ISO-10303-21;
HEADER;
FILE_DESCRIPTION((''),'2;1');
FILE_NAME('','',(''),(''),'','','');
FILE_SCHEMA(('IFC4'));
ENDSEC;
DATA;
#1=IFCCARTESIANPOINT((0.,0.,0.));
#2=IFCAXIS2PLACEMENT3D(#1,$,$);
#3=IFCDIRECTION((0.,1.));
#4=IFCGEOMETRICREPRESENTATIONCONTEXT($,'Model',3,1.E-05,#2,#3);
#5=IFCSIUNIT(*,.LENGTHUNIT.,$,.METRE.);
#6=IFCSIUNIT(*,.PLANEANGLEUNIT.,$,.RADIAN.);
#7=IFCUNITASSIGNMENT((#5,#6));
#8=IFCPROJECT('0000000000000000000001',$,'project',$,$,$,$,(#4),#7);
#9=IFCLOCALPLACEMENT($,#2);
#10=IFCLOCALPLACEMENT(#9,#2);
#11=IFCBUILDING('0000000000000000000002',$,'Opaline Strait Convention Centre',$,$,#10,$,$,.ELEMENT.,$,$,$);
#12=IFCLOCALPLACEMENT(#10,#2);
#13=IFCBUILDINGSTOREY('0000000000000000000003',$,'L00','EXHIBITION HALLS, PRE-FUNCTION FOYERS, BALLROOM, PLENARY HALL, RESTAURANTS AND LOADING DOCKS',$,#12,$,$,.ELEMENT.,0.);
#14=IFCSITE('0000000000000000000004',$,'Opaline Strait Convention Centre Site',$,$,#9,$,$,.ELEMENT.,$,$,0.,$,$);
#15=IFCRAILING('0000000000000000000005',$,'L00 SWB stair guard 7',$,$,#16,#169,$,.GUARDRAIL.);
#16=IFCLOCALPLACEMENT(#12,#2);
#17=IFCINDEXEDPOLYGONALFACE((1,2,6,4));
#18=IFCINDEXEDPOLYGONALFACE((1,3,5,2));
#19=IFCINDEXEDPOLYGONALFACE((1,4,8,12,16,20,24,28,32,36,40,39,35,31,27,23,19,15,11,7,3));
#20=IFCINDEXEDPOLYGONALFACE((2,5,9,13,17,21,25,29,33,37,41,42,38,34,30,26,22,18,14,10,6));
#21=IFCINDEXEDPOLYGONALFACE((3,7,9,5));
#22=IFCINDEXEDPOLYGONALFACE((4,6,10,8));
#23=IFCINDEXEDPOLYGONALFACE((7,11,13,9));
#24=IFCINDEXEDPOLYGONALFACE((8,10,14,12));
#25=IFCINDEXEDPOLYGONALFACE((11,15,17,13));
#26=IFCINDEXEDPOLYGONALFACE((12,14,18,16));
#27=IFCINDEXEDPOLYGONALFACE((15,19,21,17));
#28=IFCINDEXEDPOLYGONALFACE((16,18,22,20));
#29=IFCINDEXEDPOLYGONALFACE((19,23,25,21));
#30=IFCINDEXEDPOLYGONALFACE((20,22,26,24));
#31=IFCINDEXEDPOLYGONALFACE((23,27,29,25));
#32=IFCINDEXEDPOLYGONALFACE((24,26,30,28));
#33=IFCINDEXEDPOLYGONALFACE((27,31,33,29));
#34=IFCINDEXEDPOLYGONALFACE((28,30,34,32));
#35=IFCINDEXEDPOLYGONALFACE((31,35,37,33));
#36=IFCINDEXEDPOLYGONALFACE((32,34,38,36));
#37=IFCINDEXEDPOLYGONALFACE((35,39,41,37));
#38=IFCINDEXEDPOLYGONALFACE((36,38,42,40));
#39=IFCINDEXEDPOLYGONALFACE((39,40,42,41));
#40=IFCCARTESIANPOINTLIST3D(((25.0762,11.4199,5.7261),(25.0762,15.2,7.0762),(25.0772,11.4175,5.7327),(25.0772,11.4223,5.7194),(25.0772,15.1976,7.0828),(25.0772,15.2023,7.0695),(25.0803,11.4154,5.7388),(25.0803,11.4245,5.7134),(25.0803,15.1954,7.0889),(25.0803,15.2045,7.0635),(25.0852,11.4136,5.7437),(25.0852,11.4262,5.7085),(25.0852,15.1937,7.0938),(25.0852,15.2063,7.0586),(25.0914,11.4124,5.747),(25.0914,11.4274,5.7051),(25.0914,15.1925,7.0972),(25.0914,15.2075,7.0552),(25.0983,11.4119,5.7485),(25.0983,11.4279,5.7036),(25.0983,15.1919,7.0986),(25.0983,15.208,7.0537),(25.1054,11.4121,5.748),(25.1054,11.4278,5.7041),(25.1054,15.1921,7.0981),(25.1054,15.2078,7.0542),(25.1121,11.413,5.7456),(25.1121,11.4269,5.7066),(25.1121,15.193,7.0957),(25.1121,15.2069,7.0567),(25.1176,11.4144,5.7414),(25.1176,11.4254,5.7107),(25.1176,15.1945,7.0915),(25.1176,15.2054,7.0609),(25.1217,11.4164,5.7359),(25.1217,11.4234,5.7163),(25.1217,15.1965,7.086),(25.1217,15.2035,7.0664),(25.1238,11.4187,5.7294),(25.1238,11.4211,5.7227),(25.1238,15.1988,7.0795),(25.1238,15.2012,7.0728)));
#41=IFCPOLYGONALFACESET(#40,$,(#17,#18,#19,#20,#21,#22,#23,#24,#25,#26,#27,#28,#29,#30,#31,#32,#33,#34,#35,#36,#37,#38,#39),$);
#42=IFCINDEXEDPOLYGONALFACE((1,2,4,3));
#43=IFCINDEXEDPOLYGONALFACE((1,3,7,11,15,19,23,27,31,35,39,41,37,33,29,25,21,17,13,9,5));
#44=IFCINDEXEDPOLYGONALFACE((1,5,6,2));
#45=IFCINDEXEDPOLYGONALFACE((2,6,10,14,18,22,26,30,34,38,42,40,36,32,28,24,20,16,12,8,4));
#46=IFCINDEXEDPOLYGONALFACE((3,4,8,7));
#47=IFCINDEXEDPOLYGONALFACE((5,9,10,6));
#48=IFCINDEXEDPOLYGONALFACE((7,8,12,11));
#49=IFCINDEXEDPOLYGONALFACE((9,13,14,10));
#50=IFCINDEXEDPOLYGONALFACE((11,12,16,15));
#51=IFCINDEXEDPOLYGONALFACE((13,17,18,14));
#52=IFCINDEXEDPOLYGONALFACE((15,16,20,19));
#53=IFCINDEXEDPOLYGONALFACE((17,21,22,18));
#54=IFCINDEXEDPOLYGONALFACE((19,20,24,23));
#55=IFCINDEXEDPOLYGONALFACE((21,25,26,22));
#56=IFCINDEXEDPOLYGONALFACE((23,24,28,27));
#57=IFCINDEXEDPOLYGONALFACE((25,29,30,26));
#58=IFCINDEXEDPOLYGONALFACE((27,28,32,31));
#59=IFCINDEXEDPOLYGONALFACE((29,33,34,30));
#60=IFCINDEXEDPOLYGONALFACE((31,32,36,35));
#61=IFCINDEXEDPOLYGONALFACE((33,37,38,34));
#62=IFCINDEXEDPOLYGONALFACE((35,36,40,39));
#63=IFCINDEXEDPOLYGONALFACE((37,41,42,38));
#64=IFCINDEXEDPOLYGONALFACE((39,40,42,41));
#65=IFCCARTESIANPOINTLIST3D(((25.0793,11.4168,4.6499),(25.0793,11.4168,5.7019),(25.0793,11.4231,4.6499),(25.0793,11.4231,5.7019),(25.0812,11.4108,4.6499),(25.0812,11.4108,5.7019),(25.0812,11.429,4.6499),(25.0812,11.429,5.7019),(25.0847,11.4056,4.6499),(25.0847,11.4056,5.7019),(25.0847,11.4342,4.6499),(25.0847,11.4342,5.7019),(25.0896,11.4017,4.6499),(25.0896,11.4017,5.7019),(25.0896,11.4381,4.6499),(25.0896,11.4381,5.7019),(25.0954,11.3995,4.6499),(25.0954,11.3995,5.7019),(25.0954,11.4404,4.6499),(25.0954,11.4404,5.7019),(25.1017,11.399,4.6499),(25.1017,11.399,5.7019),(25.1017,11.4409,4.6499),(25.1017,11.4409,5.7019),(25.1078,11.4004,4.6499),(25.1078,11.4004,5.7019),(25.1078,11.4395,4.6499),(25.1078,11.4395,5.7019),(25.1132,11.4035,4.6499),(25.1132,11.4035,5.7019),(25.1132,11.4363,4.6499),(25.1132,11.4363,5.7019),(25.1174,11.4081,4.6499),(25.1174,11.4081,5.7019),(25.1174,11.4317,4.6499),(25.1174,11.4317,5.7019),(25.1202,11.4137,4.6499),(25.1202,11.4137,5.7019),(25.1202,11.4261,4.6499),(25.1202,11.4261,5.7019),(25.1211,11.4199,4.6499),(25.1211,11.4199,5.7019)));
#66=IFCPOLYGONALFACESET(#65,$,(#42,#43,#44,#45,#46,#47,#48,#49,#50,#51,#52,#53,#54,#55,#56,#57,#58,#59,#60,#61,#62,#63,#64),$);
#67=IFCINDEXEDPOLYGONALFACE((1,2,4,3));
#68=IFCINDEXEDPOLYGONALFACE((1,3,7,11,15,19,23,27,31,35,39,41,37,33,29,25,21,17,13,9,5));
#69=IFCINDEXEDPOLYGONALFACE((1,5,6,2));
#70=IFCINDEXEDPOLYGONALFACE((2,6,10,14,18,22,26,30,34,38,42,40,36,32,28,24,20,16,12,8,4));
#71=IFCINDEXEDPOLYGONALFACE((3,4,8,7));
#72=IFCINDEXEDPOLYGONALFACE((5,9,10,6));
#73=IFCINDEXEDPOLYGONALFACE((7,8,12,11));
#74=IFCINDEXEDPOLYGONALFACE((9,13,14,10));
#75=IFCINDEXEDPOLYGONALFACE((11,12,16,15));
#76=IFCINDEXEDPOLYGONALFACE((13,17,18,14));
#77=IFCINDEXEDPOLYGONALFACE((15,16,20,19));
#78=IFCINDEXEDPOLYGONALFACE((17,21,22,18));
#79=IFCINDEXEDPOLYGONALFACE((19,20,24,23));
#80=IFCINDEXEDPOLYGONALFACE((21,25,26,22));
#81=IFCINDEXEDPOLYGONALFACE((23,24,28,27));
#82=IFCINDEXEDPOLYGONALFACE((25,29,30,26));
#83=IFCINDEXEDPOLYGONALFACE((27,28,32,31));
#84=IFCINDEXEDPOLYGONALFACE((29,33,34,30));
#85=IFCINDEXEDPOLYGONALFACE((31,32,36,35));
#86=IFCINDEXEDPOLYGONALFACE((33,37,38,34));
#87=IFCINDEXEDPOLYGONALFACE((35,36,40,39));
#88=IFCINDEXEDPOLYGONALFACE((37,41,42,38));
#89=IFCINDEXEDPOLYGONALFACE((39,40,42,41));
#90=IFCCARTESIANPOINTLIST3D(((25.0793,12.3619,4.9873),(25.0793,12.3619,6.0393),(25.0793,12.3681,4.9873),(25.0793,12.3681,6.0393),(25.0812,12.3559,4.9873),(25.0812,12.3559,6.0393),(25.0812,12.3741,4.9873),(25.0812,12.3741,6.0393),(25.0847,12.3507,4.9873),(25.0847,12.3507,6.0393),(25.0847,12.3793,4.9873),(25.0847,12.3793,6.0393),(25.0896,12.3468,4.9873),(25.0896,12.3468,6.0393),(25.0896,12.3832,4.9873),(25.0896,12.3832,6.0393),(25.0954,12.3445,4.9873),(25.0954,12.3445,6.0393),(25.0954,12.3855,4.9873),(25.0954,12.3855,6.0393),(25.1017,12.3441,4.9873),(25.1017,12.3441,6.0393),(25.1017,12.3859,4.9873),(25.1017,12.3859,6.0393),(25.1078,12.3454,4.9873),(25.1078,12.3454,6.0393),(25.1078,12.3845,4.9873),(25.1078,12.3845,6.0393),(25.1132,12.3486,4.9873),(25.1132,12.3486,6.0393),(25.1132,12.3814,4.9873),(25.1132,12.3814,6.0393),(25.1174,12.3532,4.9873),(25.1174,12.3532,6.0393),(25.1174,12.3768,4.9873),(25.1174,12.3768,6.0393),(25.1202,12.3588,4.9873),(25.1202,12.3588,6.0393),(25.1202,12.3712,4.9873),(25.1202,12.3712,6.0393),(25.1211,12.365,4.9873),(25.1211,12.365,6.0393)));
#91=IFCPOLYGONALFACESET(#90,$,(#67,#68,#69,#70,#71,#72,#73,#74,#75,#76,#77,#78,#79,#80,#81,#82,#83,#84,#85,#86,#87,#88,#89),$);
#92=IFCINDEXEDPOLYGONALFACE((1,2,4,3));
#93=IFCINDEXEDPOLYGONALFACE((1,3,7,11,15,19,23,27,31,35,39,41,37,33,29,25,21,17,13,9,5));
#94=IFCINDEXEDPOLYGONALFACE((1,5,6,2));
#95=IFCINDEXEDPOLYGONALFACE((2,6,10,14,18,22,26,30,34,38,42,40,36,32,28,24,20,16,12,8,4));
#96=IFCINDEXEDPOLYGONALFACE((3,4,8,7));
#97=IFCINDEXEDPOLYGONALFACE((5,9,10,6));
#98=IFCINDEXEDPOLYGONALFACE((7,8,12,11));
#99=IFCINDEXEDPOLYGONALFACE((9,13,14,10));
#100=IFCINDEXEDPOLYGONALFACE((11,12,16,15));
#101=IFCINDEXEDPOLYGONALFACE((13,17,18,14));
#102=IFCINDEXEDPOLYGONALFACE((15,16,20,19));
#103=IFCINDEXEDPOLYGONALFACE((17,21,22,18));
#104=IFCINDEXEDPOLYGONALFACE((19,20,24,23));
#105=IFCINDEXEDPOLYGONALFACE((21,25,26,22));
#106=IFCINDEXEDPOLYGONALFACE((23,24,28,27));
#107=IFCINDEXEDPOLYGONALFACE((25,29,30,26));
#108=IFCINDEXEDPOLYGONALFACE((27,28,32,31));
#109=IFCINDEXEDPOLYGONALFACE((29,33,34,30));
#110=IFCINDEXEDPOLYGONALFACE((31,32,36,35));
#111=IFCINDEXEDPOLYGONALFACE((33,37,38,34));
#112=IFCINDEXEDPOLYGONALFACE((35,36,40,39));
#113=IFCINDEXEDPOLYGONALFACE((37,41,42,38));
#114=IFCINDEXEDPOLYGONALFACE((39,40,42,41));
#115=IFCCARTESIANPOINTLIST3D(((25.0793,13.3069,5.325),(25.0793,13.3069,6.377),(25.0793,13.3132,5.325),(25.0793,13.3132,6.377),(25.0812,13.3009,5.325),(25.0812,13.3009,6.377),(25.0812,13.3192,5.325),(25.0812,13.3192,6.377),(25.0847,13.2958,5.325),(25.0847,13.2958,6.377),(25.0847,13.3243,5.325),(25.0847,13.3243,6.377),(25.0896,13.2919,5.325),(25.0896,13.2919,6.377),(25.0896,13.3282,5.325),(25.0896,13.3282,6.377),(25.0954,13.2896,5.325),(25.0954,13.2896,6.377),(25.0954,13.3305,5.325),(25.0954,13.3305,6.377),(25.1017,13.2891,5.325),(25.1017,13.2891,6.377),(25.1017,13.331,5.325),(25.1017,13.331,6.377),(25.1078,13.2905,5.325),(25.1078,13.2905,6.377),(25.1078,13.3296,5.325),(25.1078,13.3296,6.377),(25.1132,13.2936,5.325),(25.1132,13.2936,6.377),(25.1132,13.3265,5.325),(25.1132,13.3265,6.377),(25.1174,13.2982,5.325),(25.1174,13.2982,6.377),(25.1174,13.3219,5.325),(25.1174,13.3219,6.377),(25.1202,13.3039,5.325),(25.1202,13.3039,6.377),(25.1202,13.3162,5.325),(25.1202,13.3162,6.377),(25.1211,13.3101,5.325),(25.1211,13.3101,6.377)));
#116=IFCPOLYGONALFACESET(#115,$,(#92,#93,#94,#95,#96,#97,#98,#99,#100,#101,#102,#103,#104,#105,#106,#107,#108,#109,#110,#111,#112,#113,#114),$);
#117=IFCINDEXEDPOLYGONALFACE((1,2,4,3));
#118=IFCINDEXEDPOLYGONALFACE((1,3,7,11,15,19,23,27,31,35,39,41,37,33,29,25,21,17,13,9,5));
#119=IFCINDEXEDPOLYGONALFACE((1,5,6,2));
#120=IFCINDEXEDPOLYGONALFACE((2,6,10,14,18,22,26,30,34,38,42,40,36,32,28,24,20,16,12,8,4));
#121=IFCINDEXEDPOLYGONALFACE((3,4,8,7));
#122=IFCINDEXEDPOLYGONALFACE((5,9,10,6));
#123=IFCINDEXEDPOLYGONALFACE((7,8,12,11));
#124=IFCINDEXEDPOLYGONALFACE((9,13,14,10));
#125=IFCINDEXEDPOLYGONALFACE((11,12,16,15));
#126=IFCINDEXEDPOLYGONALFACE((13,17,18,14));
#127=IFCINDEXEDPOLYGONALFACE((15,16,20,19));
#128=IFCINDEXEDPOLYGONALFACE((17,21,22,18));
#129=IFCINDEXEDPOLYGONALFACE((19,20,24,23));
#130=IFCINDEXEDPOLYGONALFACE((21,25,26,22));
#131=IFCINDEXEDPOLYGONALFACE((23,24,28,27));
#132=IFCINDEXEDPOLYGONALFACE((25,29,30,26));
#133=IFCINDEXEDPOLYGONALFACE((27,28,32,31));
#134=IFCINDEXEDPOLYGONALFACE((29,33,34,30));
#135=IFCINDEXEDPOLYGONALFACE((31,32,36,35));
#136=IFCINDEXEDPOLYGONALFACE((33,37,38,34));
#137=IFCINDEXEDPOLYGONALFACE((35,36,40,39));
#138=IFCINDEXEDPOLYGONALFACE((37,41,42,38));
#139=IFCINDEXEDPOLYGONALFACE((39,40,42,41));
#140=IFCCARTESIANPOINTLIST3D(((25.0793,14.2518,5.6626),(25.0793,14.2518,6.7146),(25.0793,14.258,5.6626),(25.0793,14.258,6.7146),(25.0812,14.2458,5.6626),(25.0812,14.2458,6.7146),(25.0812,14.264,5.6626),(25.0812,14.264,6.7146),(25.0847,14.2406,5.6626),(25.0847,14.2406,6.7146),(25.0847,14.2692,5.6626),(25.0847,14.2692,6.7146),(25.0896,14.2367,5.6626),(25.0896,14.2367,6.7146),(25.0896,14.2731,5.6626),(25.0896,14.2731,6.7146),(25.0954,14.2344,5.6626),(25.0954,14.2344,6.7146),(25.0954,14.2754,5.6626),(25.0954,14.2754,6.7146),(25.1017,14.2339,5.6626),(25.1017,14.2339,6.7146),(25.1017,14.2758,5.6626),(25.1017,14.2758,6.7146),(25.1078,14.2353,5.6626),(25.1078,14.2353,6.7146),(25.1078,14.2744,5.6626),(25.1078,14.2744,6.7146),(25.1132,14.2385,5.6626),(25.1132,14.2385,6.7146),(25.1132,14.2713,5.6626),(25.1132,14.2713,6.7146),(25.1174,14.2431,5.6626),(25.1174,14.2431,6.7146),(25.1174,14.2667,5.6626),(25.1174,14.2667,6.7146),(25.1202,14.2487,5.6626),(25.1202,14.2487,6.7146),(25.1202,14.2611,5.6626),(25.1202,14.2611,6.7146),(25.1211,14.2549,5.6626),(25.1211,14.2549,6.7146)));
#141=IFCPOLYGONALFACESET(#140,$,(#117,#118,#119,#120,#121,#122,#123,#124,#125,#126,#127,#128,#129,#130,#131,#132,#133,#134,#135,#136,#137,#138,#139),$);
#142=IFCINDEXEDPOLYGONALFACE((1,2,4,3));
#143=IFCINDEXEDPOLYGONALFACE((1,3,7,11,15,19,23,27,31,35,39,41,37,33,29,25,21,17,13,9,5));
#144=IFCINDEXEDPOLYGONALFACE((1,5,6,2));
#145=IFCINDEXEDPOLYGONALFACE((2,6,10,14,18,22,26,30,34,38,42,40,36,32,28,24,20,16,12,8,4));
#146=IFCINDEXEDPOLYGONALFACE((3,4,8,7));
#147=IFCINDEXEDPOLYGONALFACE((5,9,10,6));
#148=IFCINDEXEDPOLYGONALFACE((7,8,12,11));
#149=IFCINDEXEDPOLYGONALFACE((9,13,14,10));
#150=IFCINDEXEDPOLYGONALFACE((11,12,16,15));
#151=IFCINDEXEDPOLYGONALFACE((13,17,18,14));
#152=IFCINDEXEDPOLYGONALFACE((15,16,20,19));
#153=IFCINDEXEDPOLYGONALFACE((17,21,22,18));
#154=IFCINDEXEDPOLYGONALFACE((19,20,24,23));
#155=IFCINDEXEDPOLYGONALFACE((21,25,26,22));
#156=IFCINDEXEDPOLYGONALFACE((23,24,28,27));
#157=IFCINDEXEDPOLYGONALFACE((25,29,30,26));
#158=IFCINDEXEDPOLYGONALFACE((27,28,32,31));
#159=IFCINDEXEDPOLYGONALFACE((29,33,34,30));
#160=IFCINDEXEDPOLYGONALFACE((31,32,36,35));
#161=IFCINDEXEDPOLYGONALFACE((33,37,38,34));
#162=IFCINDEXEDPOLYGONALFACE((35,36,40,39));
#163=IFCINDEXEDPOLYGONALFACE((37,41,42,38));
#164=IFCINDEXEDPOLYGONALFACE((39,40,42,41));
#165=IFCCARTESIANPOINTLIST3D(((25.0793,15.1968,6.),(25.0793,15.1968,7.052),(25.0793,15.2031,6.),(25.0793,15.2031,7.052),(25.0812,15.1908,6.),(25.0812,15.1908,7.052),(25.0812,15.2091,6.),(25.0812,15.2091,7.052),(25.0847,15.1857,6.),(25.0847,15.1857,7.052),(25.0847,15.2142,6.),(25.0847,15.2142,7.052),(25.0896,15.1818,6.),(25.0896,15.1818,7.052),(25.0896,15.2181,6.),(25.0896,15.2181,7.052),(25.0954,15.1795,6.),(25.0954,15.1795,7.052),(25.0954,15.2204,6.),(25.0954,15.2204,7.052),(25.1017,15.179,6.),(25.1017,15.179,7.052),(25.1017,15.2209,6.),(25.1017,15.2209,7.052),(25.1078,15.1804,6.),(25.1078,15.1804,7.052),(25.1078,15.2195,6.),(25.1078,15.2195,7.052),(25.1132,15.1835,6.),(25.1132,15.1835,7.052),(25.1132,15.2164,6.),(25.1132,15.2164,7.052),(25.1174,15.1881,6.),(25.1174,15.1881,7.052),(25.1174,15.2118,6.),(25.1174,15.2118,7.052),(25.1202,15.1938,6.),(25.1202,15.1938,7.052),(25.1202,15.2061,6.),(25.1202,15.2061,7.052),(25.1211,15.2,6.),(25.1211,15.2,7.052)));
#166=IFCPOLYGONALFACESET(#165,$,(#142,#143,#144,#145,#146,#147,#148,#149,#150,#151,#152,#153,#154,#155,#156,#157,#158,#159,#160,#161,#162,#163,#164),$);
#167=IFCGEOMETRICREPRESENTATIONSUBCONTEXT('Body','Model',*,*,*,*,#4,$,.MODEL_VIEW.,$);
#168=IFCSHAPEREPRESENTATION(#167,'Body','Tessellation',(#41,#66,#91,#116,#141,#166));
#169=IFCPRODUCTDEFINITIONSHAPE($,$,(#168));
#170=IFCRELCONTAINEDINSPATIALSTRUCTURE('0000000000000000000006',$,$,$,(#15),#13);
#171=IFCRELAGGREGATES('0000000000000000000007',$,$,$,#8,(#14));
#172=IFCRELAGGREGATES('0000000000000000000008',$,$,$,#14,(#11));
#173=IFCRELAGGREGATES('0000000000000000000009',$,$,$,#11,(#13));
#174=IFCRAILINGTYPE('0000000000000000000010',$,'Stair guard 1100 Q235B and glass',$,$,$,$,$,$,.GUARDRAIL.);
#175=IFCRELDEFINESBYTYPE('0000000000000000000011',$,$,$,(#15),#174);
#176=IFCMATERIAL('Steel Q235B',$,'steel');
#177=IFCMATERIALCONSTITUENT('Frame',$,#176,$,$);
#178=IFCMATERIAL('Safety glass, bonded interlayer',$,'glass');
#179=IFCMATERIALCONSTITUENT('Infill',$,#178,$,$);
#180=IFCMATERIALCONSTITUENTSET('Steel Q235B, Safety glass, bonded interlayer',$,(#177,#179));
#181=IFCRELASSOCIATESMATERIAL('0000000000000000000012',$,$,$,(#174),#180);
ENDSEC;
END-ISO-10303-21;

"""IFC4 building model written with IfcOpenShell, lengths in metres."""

from ifc_helpers import new_model, si_unit, direction, frame, origin, origin_2d, place, context, subcontext, project, spatial, circle, extrude, material, constituent, constituent_set, type_object, element, save


model = new_model("IFC4")

# Units and contexts
model_context = context("Model", 3, precision=1e-05, world=origin(), true_north=direction((0.0, 1.0)))
body_context = subcontext(model_context, "Body", "Model", "MODEL_VIEW")
ifc_project = project(units=[si_unit("LENGTHUNIT", "METRE"), si_unit("PLANEANGLEUNIT", "RADIAN")], contexts=[model_context])

# Site, building, storey
site_placement = place(None, origin())
site = spatial("IfcSite", under=ifc_project, at=site_placement, Name="Opaline Strait Convention Centre Site", CompositionType="ELEMENT", RefElevation=0.0)
building_placement = place(site_placement, origin())
building = spatial("IfcBuilding", under=site, at=building_placement, Name="Opaline Strait Convention Centre", CompositionType="ELEMENT")
storey_placement = place(building_placement, origin())
storey = spatial("IfcBuildingStorey", under=building, at=storey_placement, Name="L00", Description="EXHIBITION HALLS, PRE-FUNCTION FOYERS, BALLROOM, PLENARY HALL, RESTAURANTS AND LOADING DOCKS", CompositionType="ELEMENT", Elevation=0.0)

# Railing
ifc_material_1 = material(Name="Steel Q235B", Category="steel")
ifc_constituent_1 = constituent(ifc_material_1, Name="Frame")
ifc_material_2 = material(Name="Safety glass, bonded interlayer", Category="glass")
ifc_constituent_2 = constituent(ifc_material_2, Name="Infill")
ifc_constituent_set = constituent_set(constituents=[ifc_constituent_1, ifc_constituent_2], Name="Steel Q235B, Safety glass, bonded interlayer")
railing_type_1 = type_object("IfcRailingType", Name="Stair guard 1100 Q235B and glass", PredefinedType="GUARDRAIL", material=ifc_constituent_set)
for number, where, name in (
    (1, (25.1001, 11.4199, 4.6499), "L00 SWB stair guard 7"),
):
    element("IfcRailing", number, at=place(storey_placement, frame(where)), inside=storey, type_object=railing_type_1, Name=name, PredefinedType="GUARDRAIL", context=body_context, shape_type="SweptSolid", body=[
        extrude(circle(Radius=0.0239, at=origin_2d()), frame((0.0, 0.0, 1.0762), z_axis=(0.0, 0.941735, 0.336356), x_axis=(-1.0, 0.0, 0.0)), (0.0, 0.0, 1.0), 4.0139),
        extrude(circle(Radius=0.021, at=origin_2d()), origin(), (0.0, 0.0, 1.0), 1.052),
        extrude(circle(Radius=0.021, at=origin_2d()), frame((0.0, 0.9451, 0.3374)), (0.0, 0.0, 1.0), 1.052),
        extrude(circle(Radius=0.021, at=origin_2d()), frame((0.0, 1.8901, 0.675)), (0.0, 0.0, 1.0), 1.052),
        extrude(circle(Radius=0.021, at=origin_2d()), frame((0.0, 2.835, 1.0127)), (0.0, 0.0, 1.0), 1.052),
        extrude(circle(Radius=0.021, at=origin_2d()), frame((0.0, 3.78, 1.3501)), (0.0, 0.0, 1.0), 1.052),
    ])

save(model, "model.ifc")
